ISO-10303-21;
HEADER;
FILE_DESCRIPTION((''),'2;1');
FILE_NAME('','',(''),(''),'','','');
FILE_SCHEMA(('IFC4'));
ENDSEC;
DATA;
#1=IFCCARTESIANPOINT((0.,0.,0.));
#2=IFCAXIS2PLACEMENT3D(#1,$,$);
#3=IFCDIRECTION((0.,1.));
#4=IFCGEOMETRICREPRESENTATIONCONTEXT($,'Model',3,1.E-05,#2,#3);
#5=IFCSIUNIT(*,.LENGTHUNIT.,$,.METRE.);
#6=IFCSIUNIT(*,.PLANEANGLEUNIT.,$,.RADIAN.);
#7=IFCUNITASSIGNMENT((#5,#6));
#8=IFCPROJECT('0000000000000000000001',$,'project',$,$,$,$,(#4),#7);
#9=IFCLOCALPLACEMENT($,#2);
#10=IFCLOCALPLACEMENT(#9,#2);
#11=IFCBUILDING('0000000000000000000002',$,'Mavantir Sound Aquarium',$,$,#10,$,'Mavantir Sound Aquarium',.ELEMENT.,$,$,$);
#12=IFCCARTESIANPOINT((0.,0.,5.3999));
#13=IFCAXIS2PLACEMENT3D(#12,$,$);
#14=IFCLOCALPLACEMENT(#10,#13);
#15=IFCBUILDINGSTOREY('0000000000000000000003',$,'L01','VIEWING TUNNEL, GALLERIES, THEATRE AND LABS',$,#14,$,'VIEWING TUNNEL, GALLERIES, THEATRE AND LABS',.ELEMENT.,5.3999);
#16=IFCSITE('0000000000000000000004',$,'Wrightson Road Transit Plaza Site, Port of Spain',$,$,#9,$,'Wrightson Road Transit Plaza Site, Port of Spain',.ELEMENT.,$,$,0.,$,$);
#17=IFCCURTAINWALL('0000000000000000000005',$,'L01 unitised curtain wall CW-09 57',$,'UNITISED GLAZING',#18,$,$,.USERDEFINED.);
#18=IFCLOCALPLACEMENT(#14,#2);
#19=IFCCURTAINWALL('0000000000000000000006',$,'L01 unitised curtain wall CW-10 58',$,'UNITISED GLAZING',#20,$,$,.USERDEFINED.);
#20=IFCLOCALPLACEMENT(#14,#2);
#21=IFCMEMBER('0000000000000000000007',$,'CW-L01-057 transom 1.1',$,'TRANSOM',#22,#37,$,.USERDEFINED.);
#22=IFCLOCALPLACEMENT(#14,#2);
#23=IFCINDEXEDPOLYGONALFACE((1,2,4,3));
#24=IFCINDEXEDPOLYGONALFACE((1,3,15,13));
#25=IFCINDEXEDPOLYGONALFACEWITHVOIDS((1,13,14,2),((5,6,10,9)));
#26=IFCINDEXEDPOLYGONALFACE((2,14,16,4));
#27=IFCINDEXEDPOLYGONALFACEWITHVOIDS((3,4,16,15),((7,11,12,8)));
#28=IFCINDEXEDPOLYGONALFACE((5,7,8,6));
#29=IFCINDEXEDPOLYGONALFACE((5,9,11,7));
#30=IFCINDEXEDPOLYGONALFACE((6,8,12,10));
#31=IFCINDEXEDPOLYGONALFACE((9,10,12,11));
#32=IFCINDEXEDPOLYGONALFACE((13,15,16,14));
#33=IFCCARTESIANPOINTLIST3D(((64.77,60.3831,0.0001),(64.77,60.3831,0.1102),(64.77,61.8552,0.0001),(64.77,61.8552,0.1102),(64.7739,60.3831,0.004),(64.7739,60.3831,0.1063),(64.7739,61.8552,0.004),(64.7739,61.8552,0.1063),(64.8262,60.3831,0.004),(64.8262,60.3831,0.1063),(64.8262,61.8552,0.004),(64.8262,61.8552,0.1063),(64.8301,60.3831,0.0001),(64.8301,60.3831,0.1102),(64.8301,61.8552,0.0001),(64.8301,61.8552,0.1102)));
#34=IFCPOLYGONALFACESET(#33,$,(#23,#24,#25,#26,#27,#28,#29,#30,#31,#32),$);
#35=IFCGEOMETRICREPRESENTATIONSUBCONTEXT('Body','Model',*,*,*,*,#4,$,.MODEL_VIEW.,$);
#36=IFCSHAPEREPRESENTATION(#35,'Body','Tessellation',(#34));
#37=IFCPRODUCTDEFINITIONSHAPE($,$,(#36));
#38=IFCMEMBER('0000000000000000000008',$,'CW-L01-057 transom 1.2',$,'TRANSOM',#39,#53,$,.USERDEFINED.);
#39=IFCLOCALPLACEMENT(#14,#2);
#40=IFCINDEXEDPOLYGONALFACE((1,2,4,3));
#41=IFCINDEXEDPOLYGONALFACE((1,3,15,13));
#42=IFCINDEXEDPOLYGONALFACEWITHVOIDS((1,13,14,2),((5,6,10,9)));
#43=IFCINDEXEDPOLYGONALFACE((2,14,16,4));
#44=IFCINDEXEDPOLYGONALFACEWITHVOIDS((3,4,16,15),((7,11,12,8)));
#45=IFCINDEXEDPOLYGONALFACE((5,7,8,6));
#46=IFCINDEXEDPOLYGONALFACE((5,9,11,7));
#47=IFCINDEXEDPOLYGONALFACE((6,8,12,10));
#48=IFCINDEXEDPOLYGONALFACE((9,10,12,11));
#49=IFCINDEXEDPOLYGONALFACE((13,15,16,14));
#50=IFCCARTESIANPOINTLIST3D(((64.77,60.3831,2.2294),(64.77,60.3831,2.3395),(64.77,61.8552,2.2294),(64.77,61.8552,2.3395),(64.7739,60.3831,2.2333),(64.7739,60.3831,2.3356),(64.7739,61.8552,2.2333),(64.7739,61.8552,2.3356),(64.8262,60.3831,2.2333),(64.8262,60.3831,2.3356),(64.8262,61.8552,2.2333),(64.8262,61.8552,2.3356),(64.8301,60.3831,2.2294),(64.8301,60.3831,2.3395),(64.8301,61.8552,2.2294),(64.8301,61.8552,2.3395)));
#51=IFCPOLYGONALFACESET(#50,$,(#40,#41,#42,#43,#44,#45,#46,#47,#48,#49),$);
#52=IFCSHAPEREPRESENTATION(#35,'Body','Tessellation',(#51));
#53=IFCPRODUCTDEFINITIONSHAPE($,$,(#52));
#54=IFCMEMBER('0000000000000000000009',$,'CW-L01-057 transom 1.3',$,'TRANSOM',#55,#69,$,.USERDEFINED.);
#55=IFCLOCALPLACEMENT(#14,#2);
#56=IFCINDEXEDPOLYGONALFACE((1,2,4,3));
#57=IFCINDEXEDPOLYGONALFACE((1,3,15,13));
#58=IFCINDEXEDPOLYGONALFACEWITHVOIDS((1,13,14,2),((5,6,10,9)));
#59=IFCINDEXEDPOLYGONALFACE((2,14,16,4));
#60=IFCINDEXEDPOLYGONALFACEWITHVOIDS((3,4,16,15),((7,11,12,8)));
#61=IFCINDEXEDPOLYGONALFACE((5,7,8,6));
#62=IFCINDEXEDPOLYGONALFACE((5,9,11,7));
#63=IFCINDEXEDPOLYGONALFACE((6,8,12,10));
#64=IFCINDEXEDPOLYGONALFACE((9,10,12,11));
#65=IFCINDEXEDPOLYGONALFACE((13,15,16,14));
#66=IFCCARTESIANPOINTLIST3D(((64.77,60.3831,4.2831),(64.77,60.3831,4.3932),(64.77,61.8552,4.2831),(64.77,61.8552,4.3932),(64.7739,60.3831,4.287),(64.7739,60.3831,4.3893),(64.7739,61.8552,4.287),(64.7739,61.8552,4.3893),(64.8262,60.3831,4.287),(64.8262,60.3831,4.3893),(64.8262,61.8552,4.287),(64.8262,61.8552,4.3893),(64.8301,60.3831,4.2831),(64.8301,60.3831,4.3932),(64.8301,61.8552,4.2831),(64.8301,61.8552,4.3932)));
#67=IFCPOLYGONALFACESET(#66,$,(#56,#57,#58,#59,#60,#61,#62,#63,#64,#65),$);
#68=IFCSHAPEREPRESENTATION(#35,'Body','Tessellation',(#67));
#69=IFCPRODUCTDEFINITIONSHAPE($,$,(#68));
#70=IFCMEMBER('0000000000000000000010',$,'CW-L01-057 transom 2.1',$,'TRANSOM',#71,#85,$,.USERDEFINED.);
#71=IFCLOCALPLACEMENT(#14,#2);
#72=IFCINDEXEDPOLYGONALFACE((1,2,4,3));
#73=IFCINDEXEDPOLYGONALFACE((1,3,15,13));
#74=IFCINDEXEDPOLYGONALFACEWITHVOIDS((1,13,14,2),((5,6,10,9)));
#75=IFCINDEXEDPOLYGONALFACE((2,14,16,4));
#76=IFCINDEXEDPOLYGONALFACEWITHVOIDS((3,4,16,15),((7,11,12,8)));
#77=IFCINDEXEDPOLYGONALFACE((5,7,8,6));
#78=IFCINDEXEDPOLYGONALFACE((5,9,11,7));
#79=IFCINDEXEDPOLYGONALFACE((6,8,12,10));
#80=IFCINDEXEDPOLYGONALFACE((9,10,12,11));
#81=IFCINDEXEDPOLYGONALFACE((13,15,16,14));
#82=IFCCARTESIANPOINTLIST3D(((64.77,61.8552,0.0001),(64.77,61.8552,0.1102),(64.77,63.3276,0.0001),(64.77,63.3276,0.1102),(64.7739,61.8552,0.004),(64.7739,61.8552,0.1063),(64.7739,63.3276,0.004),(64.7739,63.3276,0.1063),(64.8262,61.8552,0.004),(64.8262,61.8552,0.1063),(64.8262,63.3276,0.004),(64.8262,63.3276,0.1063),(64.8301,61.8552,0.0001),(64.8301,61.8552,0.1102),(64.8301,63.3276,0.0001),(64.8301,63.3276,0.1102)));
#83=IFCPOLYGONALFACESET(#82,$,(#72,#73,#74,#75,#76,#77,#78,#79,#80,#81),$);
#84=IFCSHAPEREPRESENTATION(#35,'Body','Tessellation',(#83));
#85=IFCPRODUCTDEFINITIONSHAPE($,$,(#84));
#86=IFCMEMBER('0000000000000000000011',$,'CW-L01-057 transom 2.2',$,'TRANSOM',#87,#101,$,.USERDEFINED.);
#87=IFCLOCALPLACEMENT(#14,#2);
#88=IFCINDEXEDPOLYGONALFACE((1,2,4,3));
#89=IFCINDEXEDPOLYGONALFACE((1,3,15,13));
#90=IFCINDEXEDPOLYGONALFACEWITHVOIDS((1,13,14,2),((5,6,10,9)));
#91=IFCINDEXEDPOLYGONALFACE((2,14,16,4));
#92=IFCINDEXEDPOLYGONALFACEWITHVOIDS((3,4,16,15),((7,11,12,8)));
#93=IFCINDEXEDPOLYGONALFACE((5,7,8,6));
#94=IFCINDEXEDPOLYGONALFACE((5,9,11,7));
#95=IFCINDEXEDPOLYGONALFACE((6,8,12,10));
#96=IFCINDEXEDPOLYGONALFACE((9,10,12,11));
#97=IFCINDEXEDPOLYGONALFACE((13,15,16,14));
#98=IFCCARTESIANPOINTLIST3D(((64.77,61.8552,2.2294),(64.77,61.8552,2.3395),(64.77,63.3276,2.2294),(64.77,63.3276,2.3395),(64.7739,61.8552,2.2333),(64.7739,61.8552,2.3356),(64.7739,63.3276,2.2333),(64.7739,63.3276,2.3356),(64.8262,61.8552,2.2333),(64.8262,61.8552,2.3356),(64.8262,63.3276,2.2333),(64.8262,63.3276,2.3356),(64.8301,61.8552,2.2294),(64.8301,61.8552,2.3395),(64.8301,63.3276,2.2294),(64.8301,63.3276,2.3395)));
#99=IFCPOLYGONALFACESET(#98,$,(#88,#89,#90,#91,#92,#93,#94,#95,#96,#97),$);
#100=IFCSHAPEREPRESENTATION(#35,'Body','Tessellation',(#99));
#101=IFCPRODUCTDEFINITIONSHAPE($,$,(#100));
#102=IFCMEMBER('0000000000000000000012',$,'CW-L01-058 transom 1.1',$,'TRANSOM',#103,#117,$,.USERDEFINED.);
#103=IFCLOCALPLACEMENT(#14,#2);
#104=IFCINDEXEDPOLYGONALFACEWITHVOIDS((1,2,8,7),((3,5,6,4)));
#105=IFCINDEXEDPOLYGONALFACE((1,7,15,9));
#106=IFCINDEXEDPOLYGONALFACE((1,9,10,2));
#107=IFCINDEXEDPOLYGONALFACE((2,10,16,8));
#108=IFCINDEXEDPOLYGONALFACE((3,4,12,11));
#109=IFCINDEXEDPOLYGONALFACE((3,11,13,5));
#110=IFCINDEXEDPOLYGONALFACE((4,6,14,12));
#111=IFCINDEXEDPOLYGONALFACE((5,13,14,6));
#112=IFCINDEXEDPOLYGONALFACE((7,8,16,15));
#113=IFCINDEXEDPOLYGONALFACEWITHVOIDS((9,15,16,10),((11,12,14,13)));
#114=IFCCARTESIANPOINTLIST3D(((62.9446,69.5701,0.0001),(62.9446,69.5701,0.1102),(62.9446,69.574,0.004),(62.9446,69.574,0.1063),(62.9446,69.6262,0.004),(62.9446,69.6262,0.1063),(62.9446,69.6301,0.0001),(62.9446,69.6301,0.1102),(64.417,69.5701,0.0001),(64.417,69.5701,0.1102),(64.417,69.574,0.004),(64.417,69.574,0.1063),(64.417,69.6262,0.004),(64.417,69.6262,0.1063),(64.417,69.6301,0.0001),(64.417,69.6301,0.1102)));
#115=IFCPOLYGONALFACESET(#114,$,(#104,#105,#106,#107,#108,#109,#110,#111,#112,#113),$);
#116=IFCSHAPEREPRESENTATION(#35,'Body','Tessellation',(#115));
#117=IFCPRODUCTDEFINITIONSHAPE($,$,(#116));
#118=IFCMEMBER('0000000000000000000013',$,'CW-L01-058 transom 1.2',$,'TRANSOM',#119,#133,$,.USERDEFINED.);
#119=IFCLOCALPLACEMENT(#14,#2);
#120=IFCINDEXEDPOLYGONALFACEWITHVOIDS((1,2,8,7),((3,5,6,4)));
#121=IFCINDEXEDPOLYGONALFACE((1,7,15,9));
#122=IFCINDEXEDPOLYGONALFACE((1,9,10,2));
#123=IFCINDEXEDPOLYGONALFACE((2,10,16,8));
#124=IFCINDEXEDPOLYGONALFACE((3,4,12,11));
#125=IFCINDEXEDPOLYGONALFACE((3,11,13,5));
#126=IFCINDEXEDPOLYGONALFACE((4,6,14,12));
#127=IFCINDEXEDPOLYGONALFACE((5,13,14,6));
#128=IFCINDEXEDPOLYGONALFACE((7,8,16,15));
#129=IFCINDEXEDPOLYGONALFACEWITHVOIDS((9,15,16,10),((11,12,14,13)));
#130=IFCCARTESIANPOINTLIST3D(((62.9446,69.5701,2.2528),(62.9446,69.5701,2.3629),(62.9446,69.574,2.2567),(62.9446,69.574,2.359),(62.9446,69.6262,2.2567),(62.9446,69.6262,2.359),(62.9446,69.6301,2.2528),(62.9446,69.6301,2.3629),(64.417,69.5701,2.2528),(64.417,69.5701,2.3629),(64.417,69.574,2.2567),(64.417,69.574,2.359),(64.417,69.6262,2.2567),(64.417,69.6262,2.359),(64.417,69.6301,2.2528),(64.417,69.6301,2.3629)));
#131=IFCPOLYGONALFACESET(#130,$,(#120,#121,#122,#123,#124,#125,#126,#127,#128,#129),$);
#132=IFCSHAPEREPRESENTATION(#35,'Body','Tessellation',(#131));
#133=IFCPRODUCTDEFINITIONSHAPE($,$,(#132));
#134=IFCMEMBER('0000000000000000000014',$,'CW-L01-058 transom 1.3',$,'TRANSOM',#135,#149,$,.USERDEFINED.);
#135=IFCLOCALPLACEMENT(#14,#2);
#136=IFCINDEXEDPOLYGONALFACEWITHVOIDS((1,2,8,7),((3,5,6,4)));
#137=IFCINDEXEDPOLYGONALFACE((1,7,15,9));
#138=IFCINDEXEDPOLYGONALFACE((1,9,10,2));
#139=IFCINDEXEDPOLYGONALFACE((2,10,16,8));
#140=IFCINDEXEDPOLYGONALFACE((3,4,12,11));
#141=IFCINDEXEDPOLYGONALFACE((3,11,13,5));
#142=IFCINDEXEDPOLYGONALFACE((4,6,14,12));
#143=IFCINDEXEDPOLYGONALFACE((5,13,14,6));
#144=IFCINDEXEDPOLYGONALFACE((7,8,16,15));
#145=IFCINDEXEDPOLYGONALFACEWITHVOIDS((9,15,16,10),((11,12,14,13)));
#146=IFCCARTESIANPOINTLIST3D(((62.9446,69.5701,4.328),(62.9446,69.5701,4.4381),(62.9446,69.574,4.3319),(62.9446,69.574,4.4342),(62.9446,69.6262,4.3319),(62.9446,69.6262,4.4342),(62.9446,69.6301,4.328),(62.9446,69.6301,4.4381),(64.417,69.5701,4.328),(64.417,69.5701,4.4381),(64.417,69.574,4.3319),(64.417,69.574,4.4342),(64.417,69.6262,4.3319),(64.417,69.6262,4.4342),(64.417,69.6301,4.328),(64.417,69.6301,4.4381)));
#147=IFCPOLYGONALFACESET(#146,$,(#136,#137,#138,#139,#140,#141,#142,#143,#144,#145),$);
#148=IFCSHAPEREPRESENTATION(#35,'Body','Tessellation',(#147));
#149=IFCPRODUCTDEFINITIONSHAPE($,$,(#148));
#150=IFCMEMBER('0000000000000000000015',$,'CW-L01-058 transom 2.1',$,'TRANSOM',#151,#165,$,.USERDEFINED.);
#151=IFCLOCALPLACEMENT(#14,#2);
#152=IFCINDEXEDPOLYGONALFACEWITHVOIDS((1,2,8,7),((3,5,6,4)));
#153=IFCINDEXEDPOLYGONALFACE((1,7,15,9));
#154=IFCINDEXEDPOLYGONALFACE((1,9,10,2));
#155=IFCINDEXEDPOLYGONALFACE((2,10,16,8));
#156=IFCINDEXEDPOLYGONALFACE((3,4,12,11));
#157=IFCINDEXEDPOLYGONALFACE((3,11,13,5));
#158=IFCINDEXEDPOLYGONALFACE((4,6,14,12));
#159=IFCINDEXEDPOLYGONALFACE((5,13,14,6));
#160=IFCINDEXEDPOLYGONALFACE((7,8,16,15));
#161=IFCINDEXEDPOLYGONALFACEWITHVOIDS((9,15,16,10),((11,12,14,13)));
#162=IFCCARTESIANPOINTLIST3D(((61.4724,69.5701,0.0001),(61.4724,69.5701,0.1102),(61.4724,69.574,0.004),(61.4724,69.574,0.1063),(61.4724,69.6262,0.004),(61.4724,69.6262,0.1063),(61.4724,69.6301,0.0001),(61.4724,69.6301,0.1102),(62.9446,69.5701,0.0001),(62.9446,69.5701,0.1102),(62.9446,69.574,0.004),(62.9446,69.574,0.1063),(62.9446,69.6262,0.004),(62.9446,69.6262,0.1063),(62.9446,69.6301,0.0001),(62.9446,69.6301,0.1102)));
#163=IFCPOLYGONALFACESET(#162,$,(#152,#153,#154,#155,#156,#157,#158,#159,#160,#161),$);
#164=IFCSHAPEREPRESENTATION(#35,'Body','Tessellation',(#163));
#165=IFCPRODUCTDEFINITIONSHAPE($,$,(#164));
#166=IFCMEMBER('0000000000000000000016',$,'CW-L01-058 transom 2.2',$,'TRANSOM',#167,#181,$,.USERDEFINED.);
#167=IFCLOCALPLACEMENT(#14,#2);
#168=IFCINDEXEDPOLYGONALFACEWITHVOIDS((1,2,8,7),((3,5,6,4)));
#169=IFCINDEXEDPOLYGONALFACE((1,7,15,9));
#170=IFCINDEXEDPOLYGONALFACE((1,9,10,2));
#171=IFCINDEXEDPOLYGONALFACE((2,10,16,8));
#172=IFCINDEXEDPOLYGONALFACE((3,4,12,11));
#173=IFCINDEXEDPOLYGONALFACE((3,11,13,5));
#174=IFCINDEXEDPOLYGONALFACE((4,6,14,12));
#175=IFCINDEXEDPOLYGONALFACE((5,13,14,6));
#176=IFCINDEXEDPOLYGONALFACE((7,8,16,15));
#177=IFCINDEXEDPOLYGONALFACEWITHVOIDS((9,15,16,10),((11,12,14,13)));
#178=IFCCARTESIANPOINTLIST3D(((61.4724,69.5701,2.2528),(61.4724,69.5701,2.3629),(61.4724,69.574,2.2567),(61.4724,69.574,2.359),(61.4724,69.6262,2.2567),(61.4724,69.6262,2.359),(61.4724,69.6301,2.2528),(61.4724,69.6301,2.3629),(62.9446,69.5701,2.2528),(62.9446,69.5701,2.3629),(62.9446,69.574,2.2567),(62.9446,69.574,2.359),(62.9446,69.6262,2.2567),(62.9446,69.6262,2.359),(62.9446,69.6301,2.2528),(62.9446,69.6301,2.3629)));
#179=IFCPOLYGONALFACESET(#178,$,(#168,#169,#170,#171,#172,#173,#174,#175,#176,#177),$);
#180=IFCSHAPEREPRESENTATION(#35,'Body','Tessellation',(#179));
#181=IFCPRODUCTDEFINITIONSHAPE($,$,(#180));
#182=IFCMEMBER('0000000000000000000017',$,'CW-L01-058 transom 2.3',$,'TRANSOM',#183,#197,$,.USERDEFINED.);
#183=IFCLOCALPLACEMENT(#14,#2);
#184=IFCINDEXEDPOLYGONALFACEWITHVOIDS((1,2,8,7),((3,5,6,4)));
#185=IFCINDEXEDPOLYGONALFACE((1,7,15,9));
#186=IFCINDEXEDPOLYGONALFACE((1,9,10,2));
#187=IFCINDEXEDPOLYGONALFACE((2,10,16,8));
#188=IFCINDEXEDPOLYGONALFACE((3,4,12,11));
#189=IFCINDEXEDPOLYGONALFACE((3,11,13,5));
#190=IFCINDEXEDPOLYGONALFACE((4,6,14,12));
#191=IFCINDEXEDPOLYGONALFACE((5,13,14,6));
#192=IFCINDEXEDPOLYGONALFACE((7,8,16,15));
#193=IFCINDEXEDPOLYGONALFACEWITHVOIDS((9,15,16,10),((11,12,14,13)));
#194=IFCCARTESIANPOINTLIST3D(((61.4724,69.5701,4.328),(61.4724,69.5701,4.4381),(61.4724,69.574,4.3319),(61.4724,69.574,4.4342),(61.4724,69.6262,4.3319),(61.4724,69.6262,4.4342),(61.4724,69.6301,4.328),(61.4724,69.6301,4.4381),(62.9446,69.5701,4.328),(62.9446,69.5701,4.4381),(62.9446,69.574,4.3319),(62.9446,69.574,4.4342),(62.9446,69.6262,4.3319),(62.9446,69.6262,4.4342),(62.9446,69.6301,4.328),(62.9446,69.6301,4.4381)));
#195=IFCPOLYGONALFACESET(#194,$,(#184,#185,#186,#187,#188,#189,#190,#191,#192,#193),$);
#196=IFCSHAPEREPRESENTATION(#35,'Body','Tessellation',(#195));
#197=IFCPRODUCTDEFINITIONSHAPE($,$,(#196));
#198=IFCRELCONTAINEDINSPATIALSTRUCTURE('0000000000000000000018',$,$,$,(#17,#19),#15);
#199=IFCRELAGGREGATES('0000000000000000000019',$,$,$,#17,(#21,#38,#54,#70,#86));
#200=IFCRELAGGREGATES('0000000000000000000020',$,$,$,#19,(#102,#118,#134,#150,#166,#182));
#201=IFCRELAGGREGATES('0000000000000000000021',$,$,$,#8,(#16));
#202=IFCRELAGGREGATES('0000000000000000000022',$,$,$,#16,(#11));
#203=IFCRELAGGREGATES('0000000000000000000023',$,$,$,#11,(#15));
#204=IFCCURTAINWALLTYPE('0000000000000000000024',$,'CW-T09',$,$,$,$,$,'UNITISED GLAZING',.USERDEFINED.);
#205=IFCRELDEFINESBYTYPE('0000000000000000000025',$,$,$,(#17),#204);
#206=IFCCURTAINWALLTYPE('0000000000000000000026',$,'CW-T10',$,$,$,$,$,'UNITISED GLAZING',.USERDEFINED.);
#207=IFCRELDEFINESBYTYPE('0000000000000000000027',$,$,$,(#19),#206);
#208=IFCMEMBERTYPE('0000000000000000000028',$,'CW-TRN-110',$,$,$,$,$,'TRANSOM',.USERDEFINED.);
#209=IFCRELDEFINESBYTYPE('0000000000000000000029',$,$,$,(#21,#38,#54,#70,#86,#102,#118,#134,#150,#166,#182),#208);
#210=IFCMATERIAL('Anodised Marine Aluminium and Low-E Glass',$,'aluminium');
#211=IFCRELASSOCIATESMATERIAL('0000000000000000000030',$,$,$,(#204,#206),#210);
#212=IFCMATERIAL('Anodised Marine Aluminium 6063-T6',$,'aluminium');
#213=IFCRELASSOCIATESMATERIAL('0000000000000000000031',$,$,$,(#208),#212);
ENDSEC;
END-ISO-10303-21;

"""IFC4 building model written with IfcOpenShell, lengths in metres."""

from ifc_helpers import new_model, si_unit, direction, frame, origin, origin_2d, place, context, subcontext, project, spatial, hollow_rectangle, extrude, material, material_profile, profile_set, type_object, element, aggregate, save


model = new_model("IFC4")

# Units and contexts
model_context = context("Model", 3, precision=1e-05, world=origin(), true_north=direction((0.0, 1.0)))
body_context = subcontext(model_context, "Body", "Model", "MODEL_VIEW")
ifc_project = project(units=[si_unit("LENGTHUNIT", "METRE"), si_unit("PLANEANGLEUNIT", "RADIAN")], contexts=[model_context])

# Site, building, storey
site_placement = place(None, origin())
site = spatial("IfcSite", under=ifc_project, at=site_placement, Name="Wrightson Road Transit Plaza Site, Port of Spain", LongName="Wrightson Road Transit Plaza Site, Port of Spain", CompositionType="ELEMENT", RefElevation=0.0)
building_placement = place(site_placement, origin())
building = spatial("IfcBuilding", under=site, at=building_placement, Name="Mavantir Sound Aquarium", LongName="Mavantir Sound Aquarium", CompositionType="ELEMENT")
storey_placement = place(building_placement, frame((0.0, 0.0, 5.3999)))
storey = spatial("IfcBuildingStorey", under=building, at=storey_placement, Name="L01", Description="VIEWING TUNNEL, GALLERIES, THEATRE AND LABS", LongName="VIEWING TUNNEL, GALLERIES, THEATRE AND LABS", CompositionType="ELEMENT", Elevation=5.3999)

# Curtain walls
ifc_material_1 = material(Name="Anodised Marine Aluminium and Low-E Glass", Category="aluminium")
curtain_wall_type_1 = type_object("IfcCurtainWallType", Name="CW-T09", ElementType="UNITISED GLAZING", PredefinedType="USERDEFINED", material=ifc_material_1)
curtain_wall_1_placement = place(storey_placement, origin())
curtain_wall_1 = element("IfcCurtainWall", 1, at=curtain_wall_1_placement, inside=storey, type_object=curtain_wall_type_1, Name="L01 unitised curtain wall CW-09 57", ObjectType="UNITISED GLAZING", PredefinedType="USERDEFINED")
ifc_material_2 = material(Name="Anodised Marine Aluminium 6063-T6", Category="aluminium")
curtain_wall_type_2 = type_object("IfcCurtainWallType", Name="CW-T10", ElementType="UNITISED GLAZING", PredefinedType="USERDEFINED", material=ifc_material_1)
curtain_wall_2_placement = place(storey_placement, origin())
curtain_wall_2 = element("IfcCurtainWall", 2, at=curtain_wall_2_placement, inside=storey, type_object=curtain_wall_type_2, Name="L01 unitised curtain wall CW-10 58", ObjectType="UNITISED GLAZING", PredefinedType="USERDEFINED")

# Members
ifc_material_profile_1 = material_profile(ifc_material_2, hollow_rectangle(XDim=0.0601, YDim=0.1101, WallThickness=0.0039, at=origin_2d()), Name="ALU-TRANSOM-110X60")
ifc_profile_set_1 = profile_set([ifc_material_profile_1], Name="Anodised Marine Aluminium 6063-T6")
member_type_1 = type_object("IfcMemberType", Name="CW-TRN-110", ElementType="TRANSOM", PredefinedType="USERDEFINED", material=ifc_profile_set_1)
member_1_placement = place(storey_placement, frame((64.8, 60.3831, 0.0552), z_axis=(0.0, 1.0, 0.0), x_axis=(-1.0, 0.0, 0.0)))
member_1 = element("IfcMember", 3, at=member_1_placement, type_object=member_type_1, Name="CW-L01-057 transom 1.1", ObjectType="TRANSOM", PredefinedType="USERDEFINED", context=body_context, shape_type="SweptSolid", body=[
    extrude(hollow_rectangle(XDim=0.0601, YDim=0.1101, WallThickness=0.0039, at=origin_2d()), origin(), (0.0, 0.0, 1.0), 1.4722),
])
member_2_placement = place(storey_placement, frame((64.8, 60.3831, 2.2844), z_axis=(0.0, 1.0, 0.0), x_axis=(-1.0, 0.0, 0.0)))
member_2 = element("IfcMember", 4, at=member_2_placement, type_object=member_type_1, Name="CW-L01-057 transom 1.2", ObjectType="TRANSOM", PredefinedType="USERDEFINED", context=body_context, shape_type="SweptSolid", body=[
    extrude(hollow_rectangle(XDim=0.0601, YDim=0.1101, WallThickness=0.0039, at=origin_2d()), origin(), (0.0, 0.0, 1.0), 1.4722),
])
member_3_placement = place(storey_placement, frame((64.8, 60.3831, 4.3381), z_axis=(0.0, 1.0, 0.0), x_axis=(-1.0, 0.0, 0.0)))
member_3 = element("IfcMember", 5, at=member_3_placement, type_object=member_type_1, Name="CW-L01-057 transom 1.3", ObjectType="TRANSOM", PredefinedType="USERDEFINED", context=body_context, shape_type="SweptSolid", body=[
    extrude(hollow_rectangle(XDim=0.0601, YDim=0.1101, WallThickness=0.0039, at=origin_2d()), origin(), (0.0, 0.0, 1.0), 1.4722),
])
member_4_placement = place(storey_placement, frame((64.8, 61.8552, 0.0552), z_axis=(0.0, 1.0, 0.0), x_axis=(-1.0, 0.0, 0.0)))
member_4 = element("IfcMember", 6, at=member_4_placement, type_object=member_type_1, Name="CW-L01-057 transom 2.1", ObjectType="TRANSOM", PredefinedType="USERDEFINED", context=body_context, shape_type="SweptSolid", body=[
    extrude(hollow_rectangle(XDim=0.0601, YDim=0.1101, WallThickness=0.0039, at=origin_2d()), origin(), (0.0, 0.0, 1.0), 1.4724),
])
member_5_placement = place(storey_placement, frame((64.8, 61.8552, 2.2844), z_axis=(0.0, 1.0, 0.0), x_axis=(-1.0, 0.0, 0.0)))
member_5 = element("IfcMember", 7, at=member_5_placement, type_object=member_type_1, Name="CW-L01-057 transom 2.2", ObjectType="TRANSOM", PredefinedType="USERDEFINED", context=body_context, shape_type="SweptSolid", body=[
    extrude(hollow_rectangle(XDim=0.0601, YDim=0.1101, WallThickness=0.0039, at=origin_2d()), origin(), (0.0, 0.0, 1.0), 1.4724),
])
member_6_placement = place(storey_placement, frame((64.417, 69.6001, 0.0552), z_axis=(-1.0, 0.0, 0.0), x_axis=(0.0, -1.0, 0.0)))
member_6 = element("IfcMember", 8, at=member_6_placement, type_object=member_type_1, Name="CW-L01-058 transom 1.1", ObjectType="TRANSOM", PredefinedType="USERDEFINED", context=body_context, shape_type="SweptSolid", body=[
    extrude(hollow_rectangle(XDim=0.0601, YDim=0.1101, WallThickness=0.0039, at=origin_2d()), origin(), (0.0, 0.0, 1.0), 1.4724),
])
member_7_placement = place(storey_placement, frame((64.417, 69.6001, 2.3079), z_axis=(-1.0, 0.0, 0.0), x_axis=(0.0, -1.0, 0.0)))
member_7 = element("IfcMember", 9, at=member_7_placement, type_object=member_type_1, Name="CW-L01-058 transom 1.2", ObjectType="TRANSOM", PredefinedType="USERDEFINED", context=body_context, shape_type="SweptSolid", body=[
    extrude(hollow_rectangle(XDim=0.0601, YDim=0.1101, WallThickness=0.0039, at=origin_2d()), origin(), (0.0, 0.0, 1.0), 1.4724),
])
member_8_placement = place(storey_placement, frame((64.417, 69.6001, 4.3831), z_axis=(-1.0, 0.0, 0.0), x_axis=(0.0, -1.0, 0.0)))
member_8 = element("IfcMember", 10, at=member_8_placement, type_object=member_type_1, Name="CW-L01-058 transom 1.3", ObjectType="TRANSOM", PredefinedType="USERDEFINED", context=body_context, shape_type="SweptSolid", body=[
    extrude(hollow_rectangle(XDim=0.0601, YDim=0.1101, WallThickness=0.0039, at=origin_2d()), origin(), (0.0, 0.0, 1.0), 1.4724),
])
member_9_placement = place(storey_placement, frame((62.9446, 69.6001, 0.0552), z_axis=(-1.0, 0.0, 0.0), x_axis=(0.0, -1.0, 0.0)))
member_9 = element("IfcMember", 11, at=member_9_placement, type_object=member_type_1, Name="CW-L01-058 transom 2.1", ObjectType="TRANSOM", PredefinedType="USERDEFINED", context=body_context, shape_type="SweptSolid", body=[
    extrude(hollow_rectangle(XDim=0.0601, YDim=0.1101, WallThickness=0.0039, at=origin_2d()), origin(), (0.0, 0.0, 1.0), 1.4722),
])
member_10_placement = place(storey_placement, frame((62.9446, 69.6001, 2.3079), z_axis=(-1.0, 0.0, 0.0), x_axis=(0.0, -1.0, 0.0)))
member_10 = element("IfcMember", 12, at=member_10_placement, type_object=member_type_1, Name="CW-L01-058 transom 2.2", ObjectType="TRANSOM", PredefinedType="USERDEFINED", context=body_context, shape_type="SweptSolid", body=[
    extrude(hollow_rectangle(XDim=0.0601, YDim=0.1101, WallThickness=0.0039, at=origin_2d()), origin(), (0.0, 0.0, 1.0), 1.4722),
])
member_11_placement = place(storey_placement, frame((62.9446, 69.6001, 4.3831), z_axis=(-1.0, 0.0, 0.0), x_axis=(0.0, -1.0, 0.0)))
member_11 = element("IfcMember", 13, at=member_11_placement, type_object=member_type_1, Name="CW-L01-058 transom 2.3", ObjectType="TRANSOM", PredefinedType="USERDEFINED", context=body_context, shape_type="SweptSolid", body=[
    extrude(hollow_rectangle(XDim=0.0601, YDim=0.1101, WallThickness=0.0039, at=origin_2d()), origin(), (0.0, 0.0, 1.0), 1.4722),
])

aggregate(curtain_wall_1, [member_1, member_2, member_3, member_4, member_5])
aggregate(curtain_wall_2, [member_6, member_7, member_8, member_9, member_10, member_11])

save(model, "model.ifc")
